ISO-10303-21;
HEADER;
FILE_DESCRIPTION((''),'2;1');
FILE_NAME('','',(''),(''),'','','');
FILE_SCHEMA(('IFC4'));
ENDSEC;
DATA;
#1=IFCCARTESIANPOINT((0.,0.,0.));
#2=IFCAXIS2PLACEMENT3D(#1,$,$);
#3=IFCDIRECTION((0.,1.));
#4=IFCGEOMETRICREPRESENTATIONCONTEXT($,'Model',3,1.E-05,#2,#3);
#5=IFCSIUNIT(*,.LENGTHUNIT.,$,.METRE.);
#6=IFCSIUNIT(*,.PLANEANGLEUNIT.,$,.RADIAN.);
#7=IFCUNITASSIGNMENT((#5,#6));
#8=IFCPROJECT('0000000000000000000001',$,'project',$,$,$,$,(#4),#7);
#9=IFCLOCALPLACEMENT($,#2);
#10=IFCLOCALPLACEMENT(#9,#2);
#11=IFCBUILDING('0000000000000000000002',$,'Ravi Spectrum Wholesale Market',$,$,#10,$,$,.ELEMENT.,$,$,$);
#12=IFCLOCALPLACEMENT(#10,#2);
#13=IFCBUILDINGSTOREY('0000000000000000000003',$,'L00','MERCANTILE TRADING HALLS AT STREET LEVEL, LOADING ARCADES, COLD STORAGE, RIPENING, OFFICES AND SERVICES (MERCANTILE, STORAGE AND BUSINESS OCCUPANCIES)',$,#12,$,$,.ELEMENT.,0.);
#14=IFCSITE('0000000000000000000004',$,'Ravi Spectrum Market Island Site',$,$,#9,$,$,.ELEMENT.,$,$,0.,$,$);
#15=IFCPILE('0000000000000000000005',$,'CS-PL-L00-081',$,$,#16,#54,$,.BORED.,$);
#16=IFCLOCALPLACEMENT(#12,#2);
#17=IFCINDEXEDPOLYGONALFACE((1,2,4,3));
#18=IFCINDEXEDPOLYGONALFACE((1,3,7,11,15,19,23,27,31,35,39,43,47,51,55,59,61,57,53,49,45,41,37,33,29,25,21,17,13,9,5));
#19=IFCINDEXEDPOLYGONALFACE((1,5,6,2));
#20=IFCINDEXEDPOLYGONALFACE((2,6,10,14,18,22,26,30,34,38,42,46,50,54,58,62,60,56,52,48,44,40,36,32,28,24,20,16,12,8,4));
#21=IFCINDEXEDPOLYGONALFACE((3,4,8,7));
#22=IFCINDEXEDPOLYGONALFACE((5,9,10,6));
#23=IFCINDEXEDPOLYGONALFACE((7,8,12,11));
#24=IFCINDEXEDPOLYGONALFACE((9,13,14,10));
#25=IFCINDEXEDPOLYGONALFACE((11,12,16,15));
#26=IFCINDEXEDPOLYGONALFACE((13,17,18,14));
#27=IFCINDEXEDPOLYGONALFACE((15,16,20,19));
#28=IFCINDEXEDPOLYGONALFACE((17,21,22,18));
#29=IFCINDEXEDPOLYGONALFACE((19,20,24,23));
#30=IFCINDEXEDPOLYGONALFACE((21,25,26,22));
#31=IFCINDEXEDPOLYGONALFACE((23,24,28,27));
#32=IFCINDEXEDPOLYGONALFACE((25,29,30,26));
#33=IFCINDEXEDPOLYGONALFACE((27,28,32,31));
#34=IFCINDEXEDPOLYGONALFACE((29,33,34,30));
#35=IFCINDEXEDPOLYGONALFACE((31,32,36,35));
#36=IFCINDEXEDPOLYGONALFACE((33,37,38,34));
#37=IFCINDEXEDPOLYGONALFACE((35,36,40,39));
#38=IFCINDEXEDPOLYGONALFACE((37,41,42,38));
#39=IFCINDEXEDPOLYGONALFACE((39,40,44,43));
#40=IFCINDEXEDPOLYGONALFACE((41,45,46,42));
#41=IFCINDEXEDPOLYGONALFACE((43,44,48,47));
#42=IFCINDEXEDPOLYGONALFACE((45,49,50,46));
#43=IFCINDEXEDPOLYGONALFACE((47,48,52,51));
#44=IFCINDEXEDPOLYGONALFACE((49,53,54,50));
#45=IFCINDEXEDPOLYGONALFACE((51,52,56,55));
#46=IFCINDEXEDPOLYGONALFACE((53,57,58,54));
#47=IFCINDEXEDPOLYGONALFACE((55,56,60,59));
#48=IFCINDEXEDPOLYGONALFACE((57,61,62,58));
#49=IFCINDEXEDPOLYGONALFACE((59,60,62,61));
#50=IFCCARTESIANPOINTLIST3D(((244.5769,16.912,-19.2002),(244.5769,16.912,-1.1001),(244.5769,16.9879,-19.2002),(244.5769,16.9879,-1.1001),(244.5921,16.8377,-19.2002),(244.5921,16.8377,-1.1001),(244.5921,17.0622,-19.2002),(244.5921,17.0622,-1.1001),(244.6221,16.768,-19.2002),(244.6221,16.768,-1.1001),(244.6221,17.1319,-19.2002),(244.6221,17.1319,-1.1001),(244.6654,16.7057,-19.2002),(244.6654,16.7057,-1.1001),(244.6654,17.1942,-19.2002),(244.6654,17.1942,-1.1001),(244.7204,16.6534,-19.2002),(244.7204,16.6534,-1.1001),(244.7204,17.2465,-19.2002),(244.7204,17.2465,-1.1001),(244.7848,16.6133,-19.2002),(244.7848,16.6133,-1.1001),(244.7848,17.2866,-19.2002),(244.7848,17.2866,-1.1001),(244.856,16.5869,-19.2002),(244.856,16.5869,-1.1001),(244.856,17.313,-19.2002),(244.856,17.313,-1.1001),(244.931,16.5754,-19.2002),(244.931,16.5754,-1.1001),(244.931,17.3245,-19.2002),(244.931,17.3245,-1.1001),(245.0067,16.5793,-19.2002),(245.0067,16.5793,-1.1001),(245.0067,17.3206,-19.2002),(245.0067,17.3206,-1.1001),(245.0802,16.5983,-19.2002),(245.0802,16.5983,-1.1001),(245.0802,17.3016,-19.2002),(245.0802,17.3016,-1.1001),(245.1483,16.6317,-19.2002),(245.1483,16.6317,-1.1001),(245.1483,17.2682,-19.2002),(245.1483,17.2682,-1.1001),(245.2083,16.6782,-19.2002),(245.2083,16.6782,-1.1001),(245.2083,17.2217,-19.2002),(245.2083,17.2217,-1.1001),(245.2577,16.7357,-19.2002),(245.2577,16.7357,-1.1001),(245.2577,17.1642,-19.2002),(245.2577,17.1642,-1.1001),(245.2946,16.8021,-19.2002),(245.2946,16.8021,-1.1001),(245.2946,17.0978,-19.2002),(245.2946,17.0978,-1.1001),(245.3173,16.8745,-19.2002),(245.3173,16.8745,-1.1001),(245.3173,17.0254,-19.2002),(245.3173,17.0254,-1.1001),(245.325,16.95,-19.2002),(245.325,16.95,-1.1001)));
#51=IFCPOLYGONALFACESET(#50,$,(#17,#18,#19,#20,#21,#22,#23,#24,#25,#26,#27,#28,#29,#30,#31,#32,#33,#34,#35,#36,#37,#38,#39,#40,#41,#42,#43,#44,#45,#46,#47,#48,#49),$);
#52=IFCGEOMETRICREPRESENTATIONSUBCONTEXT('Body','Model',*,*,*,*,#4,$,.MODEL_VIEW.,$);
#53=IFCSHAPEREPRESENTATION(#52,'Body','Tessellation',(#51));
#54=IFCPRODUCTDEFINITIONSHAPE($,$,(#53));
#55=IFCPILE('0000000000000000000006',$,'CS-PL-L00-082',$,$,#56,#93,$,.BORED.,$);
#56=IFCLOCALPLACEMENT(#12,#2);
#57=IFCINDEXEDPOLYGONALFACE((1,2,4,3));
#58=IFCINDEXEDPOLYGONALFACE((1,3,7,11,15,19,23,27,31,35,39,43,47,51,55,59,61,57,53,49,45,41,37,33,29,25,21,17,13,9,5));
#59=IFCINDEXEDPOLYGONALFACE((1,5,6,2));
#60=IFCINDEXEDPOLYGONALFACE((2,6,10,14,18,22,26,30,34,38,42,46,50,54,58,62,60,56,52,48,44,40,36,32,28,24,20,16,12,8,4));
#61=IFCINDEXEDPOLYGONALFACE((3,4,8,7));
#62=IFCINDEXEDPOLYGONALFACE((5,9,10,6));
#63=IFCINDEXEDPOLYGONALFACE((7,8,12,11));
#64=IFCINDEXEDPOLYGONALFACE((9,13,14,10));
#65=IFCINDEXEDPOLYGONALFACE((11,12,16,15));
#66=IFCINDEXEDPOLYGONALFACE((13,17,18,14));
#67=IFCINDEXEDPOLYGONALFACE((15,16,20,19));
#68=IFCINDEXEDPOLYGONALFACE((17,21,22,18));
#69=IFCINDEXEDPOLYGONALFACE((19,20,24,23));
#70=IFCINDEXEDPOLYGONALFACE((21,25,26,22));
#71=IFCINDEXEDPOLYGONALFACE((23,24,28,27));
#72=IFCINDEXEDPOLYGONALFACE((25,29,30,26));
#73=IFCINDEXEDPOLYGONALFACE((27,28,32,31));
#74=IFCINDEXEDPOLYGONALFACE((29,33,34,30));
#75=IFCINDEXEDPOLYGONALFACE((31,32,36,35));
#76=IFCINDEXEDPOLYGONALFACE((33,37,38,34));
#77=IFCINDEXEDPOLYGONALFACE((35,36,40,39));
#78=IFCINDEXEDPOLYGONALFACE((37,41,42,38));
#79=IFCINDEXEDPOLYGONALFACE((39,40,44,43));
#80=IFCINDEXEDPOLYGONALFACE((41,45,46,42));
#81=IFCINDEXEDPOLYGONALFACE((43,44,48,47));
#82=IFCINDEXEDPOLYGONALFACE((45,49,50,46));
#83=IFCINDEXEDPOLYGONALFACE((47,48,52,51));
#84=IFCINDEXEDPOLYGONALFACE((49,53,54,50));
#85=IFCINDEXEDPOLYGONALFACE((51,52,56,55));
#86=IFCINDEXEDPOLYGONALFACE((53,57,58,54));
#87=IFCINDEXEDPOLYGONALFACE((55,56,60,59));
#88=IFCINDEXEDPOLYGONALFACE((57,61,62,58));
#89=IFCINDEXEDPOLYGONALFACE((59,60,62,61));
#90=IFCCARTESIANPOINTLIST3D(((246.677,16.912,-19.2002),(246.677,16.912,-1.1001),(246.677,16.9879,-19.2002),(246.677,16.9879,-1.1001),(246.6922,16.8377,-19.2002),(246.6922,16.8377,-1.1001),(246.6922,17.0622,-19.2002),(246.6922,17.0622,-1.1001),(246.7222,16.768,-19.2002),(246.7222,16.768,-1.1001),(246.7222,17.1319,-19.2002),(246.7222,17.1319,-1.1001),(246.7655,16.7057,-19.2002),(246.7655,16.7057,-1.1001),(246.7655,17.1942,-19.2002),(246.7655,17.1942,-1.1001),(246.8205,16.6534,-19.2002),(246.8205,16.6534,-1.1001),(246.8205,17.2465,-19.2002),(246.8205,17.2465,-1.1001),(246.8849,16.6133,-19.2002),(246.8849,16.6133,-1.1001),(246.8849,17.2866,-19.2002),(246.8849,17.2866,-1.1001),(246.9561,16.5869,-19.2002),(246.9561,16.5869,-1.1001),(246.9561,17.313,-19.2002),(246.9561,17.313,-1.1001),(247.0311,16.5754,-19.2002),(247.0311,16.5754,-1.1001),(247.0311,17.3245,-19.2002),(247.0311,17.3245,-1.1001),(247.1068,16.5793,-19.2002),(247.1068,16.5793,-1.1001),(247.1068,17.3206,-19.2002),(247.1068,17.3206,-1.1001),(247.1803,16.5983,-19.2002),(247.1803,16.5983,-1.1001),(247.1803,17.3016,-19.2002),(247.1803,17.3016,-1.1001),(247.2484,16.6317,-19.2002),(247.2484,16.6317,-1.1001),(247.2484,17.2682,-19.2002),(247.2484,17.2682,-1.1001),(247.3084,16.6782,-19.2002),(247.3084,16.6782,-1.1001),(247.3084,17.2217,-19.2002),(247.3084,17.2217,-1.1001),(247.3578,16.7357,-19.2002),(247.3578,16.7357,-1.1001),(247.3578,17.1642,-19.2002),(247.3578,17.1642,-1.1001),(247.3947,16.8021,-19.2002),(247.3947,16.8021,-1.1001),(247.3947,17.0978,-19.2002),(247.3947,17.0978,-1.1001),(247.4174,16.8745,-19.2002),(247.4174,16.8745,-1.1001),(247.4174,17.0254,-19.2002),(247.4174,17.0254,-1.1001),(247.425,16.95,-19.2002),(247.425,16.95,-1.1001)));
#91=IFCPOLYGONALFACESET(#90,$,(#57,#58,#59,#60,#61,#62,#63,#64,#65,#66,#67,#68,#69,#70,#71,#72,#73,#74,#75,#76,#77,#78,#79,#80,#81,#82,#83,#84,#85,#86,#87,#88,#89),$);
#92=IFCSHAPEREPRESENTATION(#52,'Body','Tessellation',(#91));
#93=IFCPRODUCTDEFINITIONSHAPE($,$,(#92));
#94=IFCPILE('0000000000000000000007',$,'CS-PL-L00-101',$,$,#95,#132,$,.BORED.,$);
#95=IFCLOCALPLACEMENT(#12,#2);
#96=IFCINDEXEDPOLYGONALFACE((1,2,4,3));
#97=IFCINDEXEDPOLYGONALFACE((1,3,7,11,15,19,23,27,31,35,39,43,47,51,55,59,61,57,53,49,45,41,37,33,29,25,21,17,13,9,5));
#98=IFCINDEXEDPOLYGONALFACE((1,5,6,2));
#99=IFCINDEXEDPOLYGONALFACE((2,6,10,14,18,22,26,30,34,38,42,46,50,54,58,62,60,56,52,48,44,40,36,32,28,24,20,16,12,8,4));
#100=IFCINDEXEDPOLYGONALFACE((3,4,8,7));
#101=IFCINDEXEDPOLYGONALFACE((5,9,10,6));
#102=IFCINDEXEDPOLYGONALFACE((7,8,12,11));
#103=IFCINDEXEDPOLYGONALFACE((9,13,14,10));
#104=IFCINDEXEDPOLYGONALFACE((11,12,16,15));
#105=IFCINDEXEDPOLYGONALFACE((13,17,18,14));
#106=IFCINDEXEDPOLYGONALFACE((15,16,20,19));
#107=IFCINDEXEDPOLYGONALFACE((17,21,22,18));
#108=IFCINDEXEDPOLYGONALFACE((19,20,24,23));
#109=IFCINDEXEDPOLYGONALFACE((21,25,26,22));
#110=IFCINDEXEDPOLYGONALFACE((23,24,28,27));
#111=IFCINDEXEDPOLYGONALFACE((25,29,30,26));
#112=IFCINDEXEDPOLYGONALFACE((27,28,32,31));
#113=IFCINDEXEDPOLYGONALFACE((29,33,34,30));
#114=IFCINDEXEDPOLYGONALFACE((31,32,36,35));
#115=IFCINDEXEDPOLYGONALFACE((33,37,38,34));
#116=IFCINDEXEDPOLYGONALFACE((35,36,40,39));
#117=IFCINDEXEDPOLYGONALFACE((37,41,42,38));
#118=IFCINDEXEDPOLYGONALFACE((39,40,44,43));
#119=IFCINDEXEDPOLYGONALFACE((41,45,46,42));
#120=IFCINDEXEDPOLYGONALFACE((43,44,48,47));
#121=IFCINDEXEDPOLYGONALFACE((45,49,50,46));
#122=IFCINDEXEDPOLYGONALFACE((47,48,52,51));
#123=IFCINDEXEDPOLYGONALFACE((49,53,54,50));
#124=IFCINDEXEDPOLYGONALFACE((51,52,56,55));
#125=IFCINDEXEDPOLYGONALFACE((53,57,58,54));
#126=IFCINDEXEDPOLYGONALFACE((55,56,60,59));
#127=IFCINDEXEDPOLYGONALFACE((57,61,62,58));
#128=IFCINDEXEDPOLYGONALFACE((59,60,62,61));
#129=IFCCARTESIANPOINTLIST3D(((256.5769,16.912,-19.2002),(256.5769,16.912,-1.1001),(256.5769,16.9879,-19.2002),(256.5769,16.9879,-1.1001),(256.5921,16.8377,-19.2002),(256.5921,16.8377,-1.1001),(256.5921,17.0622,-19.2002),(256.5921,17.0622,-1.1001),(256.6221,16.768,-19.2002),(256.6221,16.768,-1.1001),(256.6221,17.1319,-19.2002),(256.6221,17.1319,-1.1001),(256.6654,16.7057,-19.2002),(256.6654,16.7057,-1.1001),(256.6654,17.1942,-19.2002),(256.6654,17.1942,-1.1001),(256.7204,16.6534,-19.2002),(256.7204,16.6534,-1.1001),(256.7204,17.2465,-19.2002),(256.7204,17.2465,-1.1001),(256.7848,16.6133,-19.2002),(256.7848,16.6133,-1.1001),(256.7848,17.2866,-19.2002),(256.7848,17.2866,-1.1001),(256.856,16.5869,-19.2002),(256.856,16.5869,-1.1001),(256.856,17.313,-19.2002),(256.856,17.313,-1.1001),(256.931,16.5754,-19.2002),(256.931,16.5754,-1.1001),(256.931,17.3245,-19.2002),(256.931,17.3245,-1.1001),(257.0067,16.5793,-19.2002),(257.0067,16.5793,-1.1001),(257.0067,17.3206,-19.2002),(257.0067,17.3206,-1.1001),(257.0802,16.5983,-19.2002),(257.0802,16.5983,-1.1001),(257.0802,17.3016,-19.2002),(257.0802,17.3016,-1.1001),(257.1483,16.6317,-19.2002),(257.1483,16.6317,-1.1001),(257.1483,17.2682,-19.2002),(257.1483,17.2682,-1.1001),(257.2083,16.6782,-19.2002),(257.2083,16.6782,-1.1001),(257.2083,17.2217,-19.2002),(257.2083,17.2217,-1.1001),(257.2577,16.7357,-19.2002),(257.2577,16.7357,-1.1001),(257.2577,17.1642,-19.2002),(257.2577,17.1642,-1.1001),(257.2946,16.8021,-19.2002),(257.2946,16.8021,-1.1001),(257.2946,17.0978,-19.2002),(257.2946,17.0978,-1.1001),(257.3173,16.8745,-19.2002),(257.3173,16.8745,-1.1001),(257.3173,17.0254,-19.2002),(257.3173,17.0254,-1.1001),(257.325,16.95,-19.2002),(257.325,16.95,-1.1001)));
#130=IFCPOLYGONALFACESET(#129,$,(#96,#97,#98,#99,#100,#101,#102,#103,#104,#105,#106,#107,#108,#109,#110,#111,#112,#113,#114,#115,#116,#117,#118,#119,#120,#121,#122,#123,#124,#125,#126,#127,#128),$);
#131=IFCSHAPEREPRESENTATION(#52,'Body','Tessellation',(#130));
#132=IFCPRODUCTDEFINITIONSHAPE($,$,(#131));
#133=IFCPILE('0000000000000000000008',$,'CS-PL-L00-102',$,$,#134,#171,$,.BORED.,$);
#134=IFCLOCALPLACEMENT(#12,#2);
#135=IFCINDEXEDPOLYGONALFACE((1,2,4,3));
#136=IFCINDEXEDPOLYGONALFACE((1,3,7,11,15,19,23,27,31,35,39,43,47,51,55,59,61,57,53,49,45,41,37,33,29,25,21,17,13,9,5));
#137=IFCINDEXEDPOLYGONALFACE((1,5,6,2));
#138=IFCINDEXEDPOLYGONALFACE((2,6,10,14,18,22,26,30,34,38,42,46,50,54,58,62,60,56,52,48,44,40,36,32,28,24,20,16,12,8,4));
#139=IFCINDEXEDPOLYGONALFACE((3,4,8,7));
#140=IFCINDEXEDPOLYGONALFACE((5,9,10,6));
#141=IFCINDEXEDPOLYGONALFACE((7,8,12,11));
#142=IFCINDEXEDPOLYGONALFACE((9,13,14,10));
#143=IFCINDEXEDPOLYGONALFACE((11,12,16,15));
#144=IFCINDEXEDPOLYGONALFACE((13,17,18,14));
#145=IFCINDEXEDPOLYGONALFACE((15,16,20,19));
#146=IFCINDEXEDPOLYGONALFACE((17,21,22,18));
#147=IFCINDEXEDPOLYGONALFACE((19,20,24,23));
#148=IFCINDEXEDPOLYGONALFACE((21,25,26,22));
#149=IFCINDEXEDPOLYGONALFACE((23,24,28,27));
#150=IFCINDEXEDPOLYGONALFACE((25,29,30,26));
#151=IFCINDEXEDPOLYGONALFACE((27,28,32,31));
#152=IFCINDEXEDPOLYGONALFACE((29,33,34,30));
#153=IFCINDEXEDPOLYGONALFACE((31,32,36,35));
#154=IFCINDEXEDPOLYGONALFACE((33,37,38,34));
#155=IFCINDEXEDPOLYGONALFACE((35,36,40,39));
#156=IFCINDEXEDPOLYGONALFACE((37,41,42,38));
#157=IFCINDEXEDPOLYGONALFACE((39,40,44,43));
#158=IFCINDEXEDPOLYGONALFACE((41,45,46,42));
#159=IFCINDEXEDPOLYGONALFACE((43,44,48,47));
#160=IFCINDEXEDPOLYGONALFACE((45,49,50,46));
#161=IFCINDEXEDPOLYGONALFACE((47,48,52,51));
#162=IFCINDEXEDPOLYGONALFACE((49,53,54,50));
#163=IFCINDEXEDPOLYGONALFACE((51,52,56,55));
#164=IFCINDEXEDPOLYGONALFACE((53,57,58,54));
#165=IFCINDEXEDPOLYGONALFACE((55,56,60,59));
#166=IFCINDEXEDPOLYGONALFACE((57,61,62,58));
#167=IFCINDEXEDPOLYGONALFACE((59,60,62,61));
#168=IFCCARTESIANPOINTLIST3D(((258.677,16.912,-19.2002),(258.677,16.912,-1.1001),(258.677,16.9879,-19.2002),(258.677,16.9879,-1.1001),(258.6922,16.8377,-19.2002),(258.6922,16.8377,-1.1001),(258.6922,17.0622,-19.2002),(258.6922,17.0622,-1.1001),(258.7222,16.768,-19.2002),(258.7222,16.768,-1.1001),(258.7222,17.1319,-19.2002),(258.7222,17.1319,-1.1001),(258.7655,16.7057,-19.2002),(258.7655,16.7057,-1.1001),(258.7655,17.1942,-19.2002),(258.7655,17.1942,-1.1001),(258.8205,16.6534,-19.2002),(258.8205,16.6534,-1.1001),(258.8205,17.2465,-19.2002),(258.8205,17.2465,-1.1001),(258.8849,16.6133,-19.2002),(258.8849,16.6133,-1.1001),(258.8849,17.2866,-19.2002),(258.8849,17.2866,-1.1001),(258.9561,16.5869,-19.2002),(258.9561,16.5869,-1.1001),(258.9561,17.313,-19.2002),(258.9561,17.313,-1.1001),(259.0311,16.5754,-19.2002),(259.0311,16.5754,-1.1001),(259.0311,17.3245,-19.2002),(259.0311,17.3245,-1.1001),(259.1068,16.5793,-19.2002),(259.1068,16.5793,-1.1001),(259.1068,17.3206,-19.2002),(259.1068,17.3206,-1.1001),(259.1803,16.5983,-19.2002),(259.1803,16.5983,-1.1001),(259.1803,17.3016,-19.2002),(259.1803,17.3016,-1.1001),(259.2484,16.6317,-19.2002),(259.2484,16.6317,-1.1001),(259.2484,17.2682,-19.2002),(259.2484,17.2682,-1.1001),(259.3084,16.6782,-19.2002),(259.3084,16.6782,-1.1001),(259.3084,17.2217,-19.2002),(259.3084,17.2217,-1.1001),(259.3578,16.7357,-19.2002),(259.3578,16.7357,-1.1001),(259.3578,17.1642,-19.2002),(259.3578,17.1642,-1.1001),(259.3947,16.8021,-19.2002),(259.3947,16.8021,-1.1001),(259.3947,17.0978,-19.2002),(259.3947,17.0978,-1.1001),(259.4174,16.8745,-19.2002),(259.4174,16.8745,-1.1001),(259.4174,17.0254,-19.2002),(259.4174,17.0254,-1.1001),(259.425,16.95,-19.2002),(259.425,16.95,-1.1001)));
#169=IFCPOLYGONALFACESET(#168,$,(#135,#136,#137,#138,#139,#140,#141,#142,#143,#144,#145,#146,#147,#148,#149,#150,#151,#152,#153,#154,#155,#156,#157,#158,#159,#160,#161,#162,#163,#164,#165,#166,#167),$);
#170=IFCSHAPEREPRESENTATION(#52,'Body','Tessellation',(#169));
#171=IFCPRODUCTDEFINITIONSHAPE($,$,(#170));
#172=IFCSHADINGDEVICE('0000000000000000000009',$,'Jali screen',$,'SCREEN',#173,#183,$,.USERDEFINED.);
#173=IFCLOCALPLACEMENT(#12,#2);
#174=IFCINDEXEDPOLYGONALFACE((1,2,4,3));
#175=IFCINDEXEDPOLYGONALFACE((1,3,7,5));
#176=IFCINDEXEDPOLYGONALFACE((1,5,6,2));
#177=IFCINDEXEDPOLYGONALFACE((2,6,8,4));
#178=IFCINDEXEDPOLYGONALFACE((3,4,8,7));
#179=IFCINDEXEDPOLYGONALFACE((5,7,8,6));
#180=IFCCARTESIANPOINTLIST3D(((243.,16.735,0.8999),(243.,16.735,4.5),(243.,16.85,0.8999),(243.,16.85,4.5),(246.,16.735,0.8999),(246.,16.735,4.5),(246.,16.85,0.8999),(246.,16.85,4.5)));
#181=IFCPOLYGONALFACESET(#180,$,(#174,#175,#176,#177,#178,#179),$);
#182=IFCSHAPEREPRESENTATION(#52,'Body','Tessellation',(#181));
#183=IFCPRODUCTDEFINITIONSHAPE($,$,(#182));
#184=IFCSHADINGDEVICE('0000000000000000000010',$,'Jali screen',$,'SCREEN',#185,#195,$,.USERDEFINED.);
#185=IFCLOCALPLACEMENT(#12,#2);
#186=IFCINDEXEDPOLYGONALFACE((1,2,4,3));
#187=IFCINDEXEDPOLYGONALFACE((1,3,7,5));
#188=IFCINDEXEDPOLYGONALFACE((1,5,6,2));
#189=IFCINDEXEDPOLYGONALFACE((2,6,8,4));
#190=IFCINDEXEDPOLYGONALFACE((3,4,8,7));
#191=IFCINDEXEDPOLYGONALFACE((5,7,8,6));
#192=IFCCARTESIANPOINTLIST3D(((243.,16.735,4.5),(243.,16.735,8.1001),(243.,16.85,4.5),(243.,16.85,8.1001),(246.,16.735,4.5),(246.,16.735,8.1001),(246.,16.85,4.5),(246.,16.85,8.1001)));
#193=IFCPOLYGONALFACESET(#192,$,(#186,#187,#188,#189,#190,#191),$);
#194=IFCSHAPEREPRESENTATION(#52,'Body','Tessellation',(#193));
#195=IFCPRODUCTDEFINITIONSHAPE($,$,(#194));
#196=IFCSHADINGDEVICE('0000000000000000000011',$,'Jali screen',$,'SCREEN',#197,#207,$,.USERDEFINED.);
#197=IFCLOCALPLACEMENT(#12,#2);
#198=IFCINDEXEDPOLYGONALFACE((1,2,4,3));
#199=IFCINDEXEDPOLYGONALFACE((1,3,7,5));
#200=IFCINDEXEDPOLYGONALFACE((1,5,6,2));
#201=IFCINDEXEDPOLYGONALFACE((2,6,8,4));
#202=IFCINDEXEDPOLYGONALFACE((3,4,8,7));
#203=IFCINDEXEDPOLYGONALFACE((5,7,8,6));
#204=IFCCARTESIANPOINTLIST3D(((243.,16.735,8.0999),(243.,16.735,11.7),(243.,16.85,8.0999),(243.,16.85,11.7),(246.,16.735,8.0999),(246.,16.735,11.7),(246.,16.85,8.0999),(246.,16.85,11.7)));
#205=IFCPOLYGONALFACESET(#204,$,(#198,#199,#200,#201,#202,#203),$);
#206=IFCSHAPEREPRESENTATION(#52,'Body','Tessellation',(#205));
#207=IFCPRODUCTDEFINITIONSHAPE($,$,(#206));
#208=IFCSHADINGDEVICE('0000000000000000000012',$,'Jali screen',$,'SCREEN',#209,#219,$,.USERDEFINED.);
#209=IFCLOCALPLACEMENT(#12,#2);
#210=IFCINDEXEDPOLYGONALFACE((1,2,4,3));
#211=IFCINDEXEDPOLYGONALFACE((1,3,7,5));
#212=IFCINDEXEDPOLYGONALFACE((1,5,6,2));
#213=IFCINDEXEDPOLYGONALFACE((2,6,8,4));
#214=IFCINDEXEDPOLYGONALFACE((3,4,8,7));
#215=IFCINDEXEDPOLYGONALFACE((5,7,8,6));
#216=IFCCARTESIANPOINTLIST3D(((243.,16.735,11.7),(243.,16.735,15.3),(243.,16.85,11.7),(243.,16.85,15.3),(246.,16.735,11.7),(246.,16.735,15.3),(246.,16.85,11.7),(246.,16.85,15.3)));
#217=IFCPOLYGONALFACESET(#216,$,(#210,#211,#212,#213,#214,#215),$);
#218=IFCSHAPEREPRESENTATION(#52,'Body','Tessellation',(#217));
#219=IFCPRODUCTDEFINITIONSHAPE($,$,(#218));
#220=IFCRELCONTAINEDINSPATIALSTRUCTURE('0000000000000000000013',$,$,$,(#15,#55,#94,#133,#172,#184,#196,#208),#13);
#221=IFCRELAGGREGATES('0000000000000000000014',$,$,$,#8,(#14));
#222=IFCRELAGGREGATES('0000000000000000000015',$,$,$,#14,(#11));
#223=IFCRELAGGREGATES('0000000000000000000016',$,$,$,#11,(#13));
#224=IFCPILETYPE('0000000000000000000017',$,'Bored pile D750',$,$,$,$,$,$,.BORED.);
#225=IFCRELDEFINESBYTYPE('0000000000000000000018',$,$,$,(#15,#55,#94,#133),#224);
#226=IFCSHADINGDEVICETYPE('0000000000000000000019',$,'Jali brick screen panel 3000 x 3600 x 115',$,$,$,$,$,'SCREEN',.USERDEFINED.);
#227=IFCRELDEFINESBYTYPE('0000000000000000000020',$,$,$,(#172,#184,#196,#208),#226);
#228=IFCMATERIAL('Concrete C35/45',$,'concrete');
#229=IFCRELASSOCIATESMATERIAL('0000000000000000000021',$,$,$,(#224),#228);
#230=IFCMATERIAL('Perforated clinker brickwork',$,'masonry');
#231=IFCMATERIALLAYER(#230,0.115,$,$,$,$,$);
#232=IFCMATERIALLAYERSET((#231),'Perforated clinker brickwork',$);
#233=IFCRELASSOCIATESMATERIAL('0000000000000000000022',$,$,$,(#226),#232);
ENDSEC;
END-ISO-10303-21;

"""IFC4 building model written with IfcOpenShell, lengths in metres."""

from ifc_helpers import new_model, si_unit, direction, frame, origin, origin_2d, place, context, subcontext, project, spatial, rectangle, circle, extrude, material, layer, layer_set, material_profile, profile_set, type_object, element, save


model = new_model("IFC4")

# Units and contexts
model_context = context("Model", 3, precision=1e-05, world=origin(), true_north=direction((0.0, 1.0)))
body_context = subcontext(model_context, "Body", "Model", "MODEL_VIEW")
ifc_project = project(units=[si_unit("LENGTHUNIT", "METRE"), si_unit("PLANEANGLEUNIT", "RADIAN")], contexts=[model_context])

# Site, building, storey
site_placement = place(None, origin())
site = spatial("IfcSite", under=ifc_project, at=site_placement, Name="Ravi Spectrum Market Island Site", CompositionType="ELEMENT", RefElevation=0.0)
building_placement = place(site_placement, origin())
building = spatial("IfcBuilding", under=site, at=building_placement, Name="Ravi Spectrum Wholesale Market", CompositionType="ELEMENT")
storey_placement = place(building_placement, origin())
storey = spatial("IfcBuildingStorey", under=building, at=storey_placement, Name="L00", Description="MERCANTILE TRADING HALLS AT STREET LEVEL, LOADING ARCADES, COLD STORAGE, RIPENING, OFFICES AND SERVICES (MERCANTILE, STORAGE AND BUSINESS OCCUPANCIES)", CompositionType="ELEMENT", Elevation=0.0)

# Piles
ifc_material_1 = material(Name="Concrete C35/45", Category="concrete")
ifc_material_profile = material_profile(ifc_material_1, circle(Radius=0.375, at=origin_2d()))
ifc_profile_set = profile_set([ifc_material_profile], Name="Concrete C35/45")
pile_type = type_object("IfcPileType", Name="Bored pile D750", PredefinedType="BORED", material=ifc_profile_set)
for number, where, z_axis, x_axis, name in (
    (1, (244.95, 16.95, -1.1001), (0.0, 0.0, -1.0), (1.0, 0.0, 0.0), "CS-PL-L00-081"),
    (2, (247.05, 16.95, -1.1001), (0.0, 0.0, -1.0), (1.0, 0.0, 0.0), "CS-PL-L00-082"),
    (3, (256.95, 16.95, -1.1001), (0.0, 0.0, -1.0), (1.0, 0.0, 0.0), "CS-PL-L00-101"),
    (4, (259.05, 16.95, -1.1001), (0.0, 0.0, -1.0), (1.0, 0.0, 0.0), "CS-PL-L00-102"),
):
    element("IfcPile", number, at=place(storey_placement, frame(where, z_axis=z_axis, x_axis=x_axis)), inside=storey, type_object=pile_type, Name=name, PredefinedType="BORED", context=body_context, shape_type="SweptSolid", body=[
        extrude(circle(Radius=0.375, at=origin_2d()), origin(), (0.0, 0.0, 1.0), 18.1001),
    ])

# Shading devices
ifc_material_2 = material(Name="Perforated clinker brickwork", Category="masonry")
ifc_layer = layer(ifc_material_2, 0.115)
ifc_layer_set = layer_set([ifc_layer], Name="Perforated clinker brickwork")
shading_device_type = type_object("IfcShadingDeviceType", Name="Jali brick screen panel 3000 x 3600 x 115", ElementType="SCREEN", PredefinedType="USERDEFINED", material=ifc_layer_set)
for number, where, z_axis, x_axis, name in (
    (5, (244.5, 16.7925, 0.8999), (0.0, 0.0, 1.0), (1.0, 0.0, 0.0), "Jali screen"),
    (6, (244.5, 16.7925, 4.5), (0.0, 0.0, 1.0), (1.0, 0.0, 0.0), "Jali screen"),
    (7, (244.5, 16.7925, 8.0999), (0.0, 0.0, 1.0), (1.0, 0.0, 0.0), "Jali screen"),
    (8, (244.5, 16.7925, 11.7), (0.0, 0.0, 1.0), (1.0, 0.0, 0.0), "Jali screen"),
):
    element("IfcShadingDevice", number, at=place(storey_placement, frame(where, z_axis=z_axis, x_axis=x_axis)), inside=storey, type_object=shading_device_type, Name=name, ObjectType="SCREEN", PredefinedType="USERDEFINED", context=body_context, shape_type="SweptSolid", body=[
        extrude(rectangle(XDim=3.0, YDim=0.115, at=origin_2d()), origin(), (0.0, 0.0, 1.0), 3.6001),
    ])

save(model, "model.ifc")
